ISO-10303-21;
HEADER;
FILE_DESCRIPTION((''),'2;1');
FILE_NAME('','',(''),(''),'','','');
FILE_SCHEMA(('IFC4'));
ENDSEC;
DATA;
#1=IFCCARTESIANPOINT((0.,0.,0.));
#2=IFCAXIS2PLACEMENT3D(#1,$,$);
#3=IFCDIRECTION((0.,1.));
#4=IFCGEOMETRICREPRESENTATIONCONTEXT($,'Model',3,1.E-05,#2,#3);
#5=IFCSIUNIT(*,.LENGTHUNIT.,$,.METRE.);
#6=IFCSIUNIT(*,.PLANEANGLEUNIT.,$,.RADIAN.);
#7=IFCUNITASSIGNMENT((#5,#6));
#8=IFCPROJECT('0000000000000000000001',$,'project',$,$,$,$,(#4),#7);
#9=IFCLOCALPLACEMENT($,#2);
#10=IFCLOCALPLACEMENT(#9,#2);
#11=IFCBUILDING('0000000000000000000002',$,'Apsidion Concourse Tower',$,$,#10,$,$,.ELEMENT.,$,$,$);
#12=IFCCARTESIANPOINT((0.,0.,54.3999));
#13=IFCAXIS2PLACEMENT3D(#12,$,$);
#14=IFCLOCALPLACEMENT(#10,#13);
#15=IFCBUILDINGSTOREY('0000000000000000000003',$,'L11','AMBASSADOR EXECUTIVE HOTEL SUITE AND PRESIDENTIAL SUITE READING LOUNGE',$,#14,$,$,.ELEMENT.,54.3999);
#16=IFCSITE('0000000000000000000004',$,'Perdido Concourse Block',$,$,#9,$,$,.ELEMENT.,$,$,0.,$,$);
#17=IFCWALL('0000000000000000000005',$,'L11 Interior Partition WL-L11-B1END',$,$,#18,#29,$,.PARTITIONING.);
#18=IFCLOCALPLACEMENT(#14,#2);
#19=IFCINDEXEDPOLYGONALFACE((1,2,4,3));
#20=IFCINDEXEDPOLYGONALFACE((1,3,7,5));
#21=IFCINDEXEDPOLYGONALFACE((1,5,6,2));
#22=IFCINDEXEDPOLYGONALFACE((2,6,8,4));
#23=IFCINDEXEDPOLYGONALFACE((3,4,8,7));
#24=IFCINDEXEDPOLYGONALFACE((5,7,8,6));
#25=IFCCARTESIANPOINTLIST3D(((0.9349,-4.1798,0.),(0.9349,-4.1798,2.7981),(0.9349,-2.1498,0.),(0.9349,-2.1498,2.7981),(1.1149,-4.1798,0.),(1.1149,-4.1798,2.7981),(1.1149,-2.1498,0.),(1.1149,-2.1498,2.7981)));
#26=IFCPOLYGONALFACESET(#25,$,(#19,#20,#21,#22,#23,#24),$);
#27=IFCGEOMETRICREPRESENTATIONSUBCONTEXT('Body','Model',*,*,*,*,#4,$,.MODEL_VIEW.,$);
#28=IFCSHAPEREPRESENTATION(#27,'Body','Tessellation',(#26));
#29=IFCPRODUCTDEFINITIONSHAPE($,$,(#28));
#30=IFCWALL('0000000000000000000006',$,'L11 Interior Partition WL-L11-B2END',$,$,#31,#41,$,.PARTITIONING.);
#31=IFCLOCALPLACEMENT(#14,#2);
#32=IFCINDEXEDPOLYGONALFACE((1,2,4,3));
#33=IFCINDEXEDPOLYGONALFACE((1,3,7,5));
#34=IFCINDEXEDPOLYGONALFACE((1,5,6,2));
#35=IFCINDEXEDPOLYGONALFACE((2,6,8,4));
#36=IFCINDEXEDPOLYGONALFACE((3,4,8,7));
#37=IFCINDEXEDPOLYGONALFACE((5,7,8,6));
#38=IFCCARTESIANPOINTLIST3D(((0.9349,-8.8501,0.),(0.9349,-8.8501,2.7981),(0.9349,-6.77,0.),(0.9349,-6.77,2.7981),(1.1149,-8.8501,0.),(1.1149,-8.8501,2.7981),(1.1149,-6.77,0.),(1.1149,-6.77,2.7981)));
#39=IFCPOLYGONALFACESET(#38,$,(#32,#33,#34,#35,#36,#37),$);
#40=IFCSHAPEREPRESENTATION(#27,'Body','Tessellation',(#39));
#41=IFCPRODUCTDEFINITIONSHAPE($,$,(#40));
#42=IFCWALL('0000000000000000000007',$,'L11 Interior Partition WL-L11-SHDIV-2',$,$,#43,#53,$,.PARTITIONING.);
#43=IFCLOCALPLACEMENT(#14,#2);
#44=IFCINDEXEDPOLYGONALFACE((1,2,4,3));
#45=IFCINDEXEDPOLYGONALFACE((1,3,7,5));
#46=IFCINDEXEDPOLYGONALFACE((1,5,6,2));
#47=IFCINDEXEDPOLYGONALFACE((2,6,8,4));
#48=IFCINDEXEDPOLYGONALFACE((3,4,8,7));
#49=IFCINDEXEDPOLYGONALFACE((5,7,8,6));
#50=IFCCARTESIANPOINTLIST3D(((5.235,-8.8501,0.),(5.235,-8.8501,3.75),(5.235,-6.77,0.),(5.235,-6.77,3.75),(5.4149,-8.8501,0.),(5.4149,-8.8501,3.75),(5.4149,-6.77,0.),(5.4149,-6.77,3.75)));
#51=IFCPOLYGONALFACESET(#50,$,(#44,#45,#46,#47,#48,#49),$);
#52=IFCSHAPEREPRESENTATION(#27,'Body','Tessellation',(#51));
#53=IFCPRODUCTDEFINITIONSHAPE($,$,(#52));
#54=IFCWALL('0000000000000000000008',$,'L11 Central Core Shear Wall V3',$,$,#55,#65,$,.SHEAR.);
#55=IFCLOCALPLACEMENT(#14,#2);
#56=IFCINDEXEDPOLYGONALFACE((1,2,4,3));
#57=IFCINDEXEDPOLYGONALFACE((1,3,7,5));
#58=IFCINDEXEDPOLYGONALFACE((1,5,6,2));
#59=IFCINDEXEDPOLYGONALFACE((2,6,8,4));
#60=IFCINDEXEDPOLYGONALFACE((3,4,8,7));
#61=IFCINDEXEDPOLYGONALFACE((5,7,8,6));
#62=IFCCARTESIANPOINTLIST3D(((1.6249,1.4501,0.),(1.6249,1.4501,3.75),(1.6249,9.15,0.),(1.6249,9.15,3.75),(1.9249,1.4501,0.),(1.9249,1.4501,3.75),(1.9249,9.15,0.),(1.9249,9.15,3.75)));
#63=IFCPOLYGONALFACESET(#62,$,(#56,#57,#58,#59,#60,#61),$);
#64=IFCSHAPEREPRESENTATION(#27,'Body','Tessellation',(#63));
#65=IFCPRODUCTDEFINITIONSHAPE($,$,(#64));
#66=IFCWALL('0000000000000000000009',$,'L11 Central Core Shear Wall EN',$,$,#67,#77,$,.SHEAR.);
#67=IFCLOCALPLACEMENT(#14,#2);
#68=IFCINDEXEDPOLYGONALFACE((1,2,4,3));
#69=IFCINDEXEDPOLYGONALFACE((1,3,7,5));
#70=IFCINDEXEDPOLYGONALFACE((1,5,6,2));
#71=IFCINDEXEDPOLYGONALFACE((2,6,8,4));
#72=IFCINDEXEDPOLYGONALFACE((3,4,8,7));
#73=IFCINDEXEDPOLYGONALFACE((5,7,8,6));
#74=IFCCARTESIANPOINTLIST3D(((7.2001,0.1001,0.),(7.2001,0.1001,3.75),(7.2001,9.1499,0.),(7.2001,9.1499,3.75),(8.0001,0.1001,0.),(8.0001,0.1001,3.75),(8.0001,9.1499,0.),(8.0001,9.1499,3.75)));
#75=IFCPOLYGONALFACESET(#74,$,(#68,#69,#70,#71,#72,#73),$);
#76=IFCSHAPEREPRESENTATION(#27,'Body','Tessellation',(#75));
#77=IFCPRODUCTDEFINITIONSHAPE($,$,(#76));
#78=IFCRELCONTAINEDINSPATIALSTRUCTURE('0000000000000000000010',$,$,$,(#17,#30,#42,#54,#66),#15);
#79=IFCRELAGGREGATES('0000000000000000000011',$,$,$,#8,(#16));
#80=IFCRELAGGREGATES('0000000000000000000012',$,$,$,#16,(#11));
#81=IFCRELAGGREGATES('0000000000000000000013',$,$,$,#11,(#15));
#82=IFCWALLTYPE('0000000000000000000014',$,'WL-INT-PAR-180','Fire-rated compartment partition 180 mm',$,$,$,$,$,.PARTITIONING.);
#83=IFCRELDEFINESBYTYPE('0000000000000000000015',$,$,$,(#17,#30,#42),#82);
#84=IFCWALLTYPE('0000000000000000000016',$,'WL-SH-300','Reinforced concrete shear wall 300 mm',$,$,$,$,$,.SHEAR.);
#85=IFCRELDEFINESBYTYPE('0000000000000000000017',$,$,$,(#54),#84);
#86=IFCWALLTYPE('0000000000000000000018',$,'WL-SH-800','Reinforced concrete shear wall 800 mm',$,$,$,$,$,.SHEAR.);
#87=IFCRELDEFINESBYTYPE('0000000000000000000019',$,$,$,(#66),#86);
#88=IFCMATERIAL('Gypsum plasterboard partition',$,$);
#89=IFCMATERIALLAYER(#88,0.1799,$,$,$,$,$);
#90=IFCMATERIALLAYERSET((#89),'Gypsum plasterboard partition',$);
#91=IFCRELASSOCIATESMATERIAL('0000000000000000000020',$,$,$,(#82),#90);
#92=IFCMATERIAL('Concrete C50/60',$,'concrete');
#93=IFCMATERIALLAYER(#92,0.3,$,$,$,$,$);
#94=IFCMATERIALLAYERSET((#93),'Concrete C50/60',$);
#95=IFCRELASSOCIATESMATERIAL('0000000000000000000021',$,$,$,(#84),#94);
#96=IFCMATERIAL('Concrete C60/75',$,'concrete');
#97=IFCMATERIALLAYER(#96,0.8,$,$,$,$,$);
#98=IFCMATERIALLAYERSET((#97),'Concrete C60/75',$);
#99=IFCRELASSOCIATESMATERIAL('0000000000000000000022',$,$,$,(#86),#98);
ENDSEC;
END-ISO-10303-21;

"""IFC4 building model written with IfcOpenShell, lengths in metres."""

from ifc_helpers import new_model, si_unit, direction, frame, frame_2d, origin, place, context, subcontext, project, spatial, rectangle, extrude, material, layer, layer_set, type_object, element, save


model = new_model("IFC4")

# Units and contexts
model_context = context("Model", 3, precision=1e-05, world=origin(), true_north=direction((0.0, 1.0)))
body_context = subcontext(model_context, "Body", "Model", "MODEL_VIEW")
ifc_project = project(units=[si_unit("LENGTHUNIT", "METRE"), si_unit("PLANEANGLEUNIT", "RADIAN")], contexts=[model_context])

# Site, building, storey
site_placement = place(None, origin())
site = spatial("IfcSite", under=ifc_project, at=site_placement, Name="Perdido Concourse Block", CompositionType="ELEMENT", RefElevation=0.0)
building_placement = place(site_placement, origin())
building = spatial("IfcBuilding", under=site, at=building_placement, Name="Apsidion Concourse Tower", CompositionType="ELEMENT")
storey_placement = place(building_placement, frame((0.0, 0.0, 54.3999)))
storey = spatial("IfcBuildingStorey", under=building, at=storey_placement, Name="L11", Description="AMBASSADOR EXECUTIVE HOTEL SUITE AND PRESIDENTIAL SUITE READING LOUNGE", CompositionType="ELEMENT", Elevation=54.3999)

# Shared definitions
ifc_material_1 = material(Name="Concrete C50/60", Category="concrete")
ifc_material_2 = material(Name="Concrete C60/75", Category="concrete")

# Shared definitions
ifc_material_3 = material(Name="Gypsum plasterboard partition")

# Walls
ifc_layer_1 = layer(ifc_material_3, 0.1799)
ifc_layer_set_1 = layer_set([ifc_layer_1], Name="Gypsum plasterboard partition")
wall_type_1 = type_object("IfcWallType", Name="WL-INT-PAR-180", Description="Fire-rated compartment partition 180 mm", PredefinedType="PARTITIONING", material=ifc_layer_set_1)
wall_1_placement = place(storey_placement, frame((1.0249, -4.1799, 0.0), z_axis=(0.0, 0.0, 1.0), x_axis=(0.0, 1.0, 0.0)))
element("IfcWall", 1, at=wall_1_placement, inside=storey, type_object=wall_type_1, Name="L11 Interior Partition WL-L11-B1END", PredefinedType="PARTITIONING", context=body_context, shape_type="SweptSolid", body=[
    extrude(rectangle(XDim=2.03, YDim=0.1799, at=frame_2d((1.0151, 0.0))), origin(), (0.0, 0.0, 1.0), 2.7981),
])
wall_2_placement = place(storey_placement, frame((1.0249, -8.8501, 0.0), z_axis=(0.0, 0.0, 1.0), x_axis=(0.0, 1.0, 0.0)))
element("IfcWall", 2, at=wall_2_placement, inside=storey, type_object=wall_type_1, Name="L11 Interior Partition WL-L11-B2END", PredefinedType="PARTITIONING", context=body_context, shape_type="SweptSolid", body=[
    extrude(rectangle(XDim=2.0801, YDim=0.1799, at=frame_2d((1.04, 0.0))), origin(), (0.0, 0.0, 1.0), 2.7981),
])
wall_3_placement = place(storey_placement, frame((5.325, -8.8501, 0.0), z_axis=(0.0, 0.0, 1.0), x_axis=(0.0, 1.0, 0.0)))
element("IfcWall", 3, at=wall_3_placement, inside=storey, type_object=wall_type_1, Name="L11 Interior Partition WL-L11-SHDIV-2", PredefinedType="PARTITIONING", context=body_context, shape_type="SweptSolid", body=[
    extrude(rectangle(XDim=2.0801, YDim=0.1799, at=frame_2d((1.04, 0.0))), origin(), (0.0, 0.0, 1.0), 3.75),
])

# Walls
ifc_layer_2 = layer(ifc_material_1, 0.3)
ifc_layer_set_2 = layer_set([ifc_layer_2], Name="Concrete C50/60")
wall_type_2 = type_object("IfcWallType", Name="WL-SH-300", Description="Reinforced concrete shear wall 300 mm", PredefinedType="SHEAR", material=ifc_layer_set_2)
wall_4_placement = place(storey_placement, frame((1.7749, 1.45, 0.0), z_axis=(0.0, 0.0, 1.0), x_axis=(0.0, 1.0, 0.0)))
element("IfcWall", 4, at=wall_4_placement, inside=storey, type_object=wall_type_2, Name="L11 Central Core Shear Wall V3", PredefinedType="SHEAR", context=body_context, shape_type="SweptSolid", body=[
    extrude(rectangle(XDim=7.7, YDim=0.3, at=frame_2d((3.8501, 0.0))), origin(), (0.0, 0.0, 1.0), 3.75),
])
ifc_layer_3 = layer(ifc_material_2, 0.8)
ifc_layer_set_3 = layer_set([ifc_layer_3], Name="Concrete C60/75")
wall_type_3 = type_object("IfcWallType", Name="WL-SH-800", Description="Reinforced concrete shear wall 800 mm", PredefinedType="SHEAR", material=ifc_layer_set_3)
wall_5_placement = place(storey_placement, frame((7.6001, 0.1001, 0.0), z_axis=(0.0, 0.0, 1.0), x_axis=(0.0, 1.0, 0.0)))
element("IfcWall", 5, at=wall_5_placement, inside=storey, type_object=wall_type_3, Name="L11 Central Core Shear Wall EN", PredefinedType="SHEAR", context=body_context, shape_type="SweptSolid", body=[
    extrude(rectangle(XDim=9.0498, YDim=0.8, at=frame_2d((4.5249, 0.0))), origin(), (0.0, 0.0, 1.0), 3.75),
])

save(model, "model.ifc")
